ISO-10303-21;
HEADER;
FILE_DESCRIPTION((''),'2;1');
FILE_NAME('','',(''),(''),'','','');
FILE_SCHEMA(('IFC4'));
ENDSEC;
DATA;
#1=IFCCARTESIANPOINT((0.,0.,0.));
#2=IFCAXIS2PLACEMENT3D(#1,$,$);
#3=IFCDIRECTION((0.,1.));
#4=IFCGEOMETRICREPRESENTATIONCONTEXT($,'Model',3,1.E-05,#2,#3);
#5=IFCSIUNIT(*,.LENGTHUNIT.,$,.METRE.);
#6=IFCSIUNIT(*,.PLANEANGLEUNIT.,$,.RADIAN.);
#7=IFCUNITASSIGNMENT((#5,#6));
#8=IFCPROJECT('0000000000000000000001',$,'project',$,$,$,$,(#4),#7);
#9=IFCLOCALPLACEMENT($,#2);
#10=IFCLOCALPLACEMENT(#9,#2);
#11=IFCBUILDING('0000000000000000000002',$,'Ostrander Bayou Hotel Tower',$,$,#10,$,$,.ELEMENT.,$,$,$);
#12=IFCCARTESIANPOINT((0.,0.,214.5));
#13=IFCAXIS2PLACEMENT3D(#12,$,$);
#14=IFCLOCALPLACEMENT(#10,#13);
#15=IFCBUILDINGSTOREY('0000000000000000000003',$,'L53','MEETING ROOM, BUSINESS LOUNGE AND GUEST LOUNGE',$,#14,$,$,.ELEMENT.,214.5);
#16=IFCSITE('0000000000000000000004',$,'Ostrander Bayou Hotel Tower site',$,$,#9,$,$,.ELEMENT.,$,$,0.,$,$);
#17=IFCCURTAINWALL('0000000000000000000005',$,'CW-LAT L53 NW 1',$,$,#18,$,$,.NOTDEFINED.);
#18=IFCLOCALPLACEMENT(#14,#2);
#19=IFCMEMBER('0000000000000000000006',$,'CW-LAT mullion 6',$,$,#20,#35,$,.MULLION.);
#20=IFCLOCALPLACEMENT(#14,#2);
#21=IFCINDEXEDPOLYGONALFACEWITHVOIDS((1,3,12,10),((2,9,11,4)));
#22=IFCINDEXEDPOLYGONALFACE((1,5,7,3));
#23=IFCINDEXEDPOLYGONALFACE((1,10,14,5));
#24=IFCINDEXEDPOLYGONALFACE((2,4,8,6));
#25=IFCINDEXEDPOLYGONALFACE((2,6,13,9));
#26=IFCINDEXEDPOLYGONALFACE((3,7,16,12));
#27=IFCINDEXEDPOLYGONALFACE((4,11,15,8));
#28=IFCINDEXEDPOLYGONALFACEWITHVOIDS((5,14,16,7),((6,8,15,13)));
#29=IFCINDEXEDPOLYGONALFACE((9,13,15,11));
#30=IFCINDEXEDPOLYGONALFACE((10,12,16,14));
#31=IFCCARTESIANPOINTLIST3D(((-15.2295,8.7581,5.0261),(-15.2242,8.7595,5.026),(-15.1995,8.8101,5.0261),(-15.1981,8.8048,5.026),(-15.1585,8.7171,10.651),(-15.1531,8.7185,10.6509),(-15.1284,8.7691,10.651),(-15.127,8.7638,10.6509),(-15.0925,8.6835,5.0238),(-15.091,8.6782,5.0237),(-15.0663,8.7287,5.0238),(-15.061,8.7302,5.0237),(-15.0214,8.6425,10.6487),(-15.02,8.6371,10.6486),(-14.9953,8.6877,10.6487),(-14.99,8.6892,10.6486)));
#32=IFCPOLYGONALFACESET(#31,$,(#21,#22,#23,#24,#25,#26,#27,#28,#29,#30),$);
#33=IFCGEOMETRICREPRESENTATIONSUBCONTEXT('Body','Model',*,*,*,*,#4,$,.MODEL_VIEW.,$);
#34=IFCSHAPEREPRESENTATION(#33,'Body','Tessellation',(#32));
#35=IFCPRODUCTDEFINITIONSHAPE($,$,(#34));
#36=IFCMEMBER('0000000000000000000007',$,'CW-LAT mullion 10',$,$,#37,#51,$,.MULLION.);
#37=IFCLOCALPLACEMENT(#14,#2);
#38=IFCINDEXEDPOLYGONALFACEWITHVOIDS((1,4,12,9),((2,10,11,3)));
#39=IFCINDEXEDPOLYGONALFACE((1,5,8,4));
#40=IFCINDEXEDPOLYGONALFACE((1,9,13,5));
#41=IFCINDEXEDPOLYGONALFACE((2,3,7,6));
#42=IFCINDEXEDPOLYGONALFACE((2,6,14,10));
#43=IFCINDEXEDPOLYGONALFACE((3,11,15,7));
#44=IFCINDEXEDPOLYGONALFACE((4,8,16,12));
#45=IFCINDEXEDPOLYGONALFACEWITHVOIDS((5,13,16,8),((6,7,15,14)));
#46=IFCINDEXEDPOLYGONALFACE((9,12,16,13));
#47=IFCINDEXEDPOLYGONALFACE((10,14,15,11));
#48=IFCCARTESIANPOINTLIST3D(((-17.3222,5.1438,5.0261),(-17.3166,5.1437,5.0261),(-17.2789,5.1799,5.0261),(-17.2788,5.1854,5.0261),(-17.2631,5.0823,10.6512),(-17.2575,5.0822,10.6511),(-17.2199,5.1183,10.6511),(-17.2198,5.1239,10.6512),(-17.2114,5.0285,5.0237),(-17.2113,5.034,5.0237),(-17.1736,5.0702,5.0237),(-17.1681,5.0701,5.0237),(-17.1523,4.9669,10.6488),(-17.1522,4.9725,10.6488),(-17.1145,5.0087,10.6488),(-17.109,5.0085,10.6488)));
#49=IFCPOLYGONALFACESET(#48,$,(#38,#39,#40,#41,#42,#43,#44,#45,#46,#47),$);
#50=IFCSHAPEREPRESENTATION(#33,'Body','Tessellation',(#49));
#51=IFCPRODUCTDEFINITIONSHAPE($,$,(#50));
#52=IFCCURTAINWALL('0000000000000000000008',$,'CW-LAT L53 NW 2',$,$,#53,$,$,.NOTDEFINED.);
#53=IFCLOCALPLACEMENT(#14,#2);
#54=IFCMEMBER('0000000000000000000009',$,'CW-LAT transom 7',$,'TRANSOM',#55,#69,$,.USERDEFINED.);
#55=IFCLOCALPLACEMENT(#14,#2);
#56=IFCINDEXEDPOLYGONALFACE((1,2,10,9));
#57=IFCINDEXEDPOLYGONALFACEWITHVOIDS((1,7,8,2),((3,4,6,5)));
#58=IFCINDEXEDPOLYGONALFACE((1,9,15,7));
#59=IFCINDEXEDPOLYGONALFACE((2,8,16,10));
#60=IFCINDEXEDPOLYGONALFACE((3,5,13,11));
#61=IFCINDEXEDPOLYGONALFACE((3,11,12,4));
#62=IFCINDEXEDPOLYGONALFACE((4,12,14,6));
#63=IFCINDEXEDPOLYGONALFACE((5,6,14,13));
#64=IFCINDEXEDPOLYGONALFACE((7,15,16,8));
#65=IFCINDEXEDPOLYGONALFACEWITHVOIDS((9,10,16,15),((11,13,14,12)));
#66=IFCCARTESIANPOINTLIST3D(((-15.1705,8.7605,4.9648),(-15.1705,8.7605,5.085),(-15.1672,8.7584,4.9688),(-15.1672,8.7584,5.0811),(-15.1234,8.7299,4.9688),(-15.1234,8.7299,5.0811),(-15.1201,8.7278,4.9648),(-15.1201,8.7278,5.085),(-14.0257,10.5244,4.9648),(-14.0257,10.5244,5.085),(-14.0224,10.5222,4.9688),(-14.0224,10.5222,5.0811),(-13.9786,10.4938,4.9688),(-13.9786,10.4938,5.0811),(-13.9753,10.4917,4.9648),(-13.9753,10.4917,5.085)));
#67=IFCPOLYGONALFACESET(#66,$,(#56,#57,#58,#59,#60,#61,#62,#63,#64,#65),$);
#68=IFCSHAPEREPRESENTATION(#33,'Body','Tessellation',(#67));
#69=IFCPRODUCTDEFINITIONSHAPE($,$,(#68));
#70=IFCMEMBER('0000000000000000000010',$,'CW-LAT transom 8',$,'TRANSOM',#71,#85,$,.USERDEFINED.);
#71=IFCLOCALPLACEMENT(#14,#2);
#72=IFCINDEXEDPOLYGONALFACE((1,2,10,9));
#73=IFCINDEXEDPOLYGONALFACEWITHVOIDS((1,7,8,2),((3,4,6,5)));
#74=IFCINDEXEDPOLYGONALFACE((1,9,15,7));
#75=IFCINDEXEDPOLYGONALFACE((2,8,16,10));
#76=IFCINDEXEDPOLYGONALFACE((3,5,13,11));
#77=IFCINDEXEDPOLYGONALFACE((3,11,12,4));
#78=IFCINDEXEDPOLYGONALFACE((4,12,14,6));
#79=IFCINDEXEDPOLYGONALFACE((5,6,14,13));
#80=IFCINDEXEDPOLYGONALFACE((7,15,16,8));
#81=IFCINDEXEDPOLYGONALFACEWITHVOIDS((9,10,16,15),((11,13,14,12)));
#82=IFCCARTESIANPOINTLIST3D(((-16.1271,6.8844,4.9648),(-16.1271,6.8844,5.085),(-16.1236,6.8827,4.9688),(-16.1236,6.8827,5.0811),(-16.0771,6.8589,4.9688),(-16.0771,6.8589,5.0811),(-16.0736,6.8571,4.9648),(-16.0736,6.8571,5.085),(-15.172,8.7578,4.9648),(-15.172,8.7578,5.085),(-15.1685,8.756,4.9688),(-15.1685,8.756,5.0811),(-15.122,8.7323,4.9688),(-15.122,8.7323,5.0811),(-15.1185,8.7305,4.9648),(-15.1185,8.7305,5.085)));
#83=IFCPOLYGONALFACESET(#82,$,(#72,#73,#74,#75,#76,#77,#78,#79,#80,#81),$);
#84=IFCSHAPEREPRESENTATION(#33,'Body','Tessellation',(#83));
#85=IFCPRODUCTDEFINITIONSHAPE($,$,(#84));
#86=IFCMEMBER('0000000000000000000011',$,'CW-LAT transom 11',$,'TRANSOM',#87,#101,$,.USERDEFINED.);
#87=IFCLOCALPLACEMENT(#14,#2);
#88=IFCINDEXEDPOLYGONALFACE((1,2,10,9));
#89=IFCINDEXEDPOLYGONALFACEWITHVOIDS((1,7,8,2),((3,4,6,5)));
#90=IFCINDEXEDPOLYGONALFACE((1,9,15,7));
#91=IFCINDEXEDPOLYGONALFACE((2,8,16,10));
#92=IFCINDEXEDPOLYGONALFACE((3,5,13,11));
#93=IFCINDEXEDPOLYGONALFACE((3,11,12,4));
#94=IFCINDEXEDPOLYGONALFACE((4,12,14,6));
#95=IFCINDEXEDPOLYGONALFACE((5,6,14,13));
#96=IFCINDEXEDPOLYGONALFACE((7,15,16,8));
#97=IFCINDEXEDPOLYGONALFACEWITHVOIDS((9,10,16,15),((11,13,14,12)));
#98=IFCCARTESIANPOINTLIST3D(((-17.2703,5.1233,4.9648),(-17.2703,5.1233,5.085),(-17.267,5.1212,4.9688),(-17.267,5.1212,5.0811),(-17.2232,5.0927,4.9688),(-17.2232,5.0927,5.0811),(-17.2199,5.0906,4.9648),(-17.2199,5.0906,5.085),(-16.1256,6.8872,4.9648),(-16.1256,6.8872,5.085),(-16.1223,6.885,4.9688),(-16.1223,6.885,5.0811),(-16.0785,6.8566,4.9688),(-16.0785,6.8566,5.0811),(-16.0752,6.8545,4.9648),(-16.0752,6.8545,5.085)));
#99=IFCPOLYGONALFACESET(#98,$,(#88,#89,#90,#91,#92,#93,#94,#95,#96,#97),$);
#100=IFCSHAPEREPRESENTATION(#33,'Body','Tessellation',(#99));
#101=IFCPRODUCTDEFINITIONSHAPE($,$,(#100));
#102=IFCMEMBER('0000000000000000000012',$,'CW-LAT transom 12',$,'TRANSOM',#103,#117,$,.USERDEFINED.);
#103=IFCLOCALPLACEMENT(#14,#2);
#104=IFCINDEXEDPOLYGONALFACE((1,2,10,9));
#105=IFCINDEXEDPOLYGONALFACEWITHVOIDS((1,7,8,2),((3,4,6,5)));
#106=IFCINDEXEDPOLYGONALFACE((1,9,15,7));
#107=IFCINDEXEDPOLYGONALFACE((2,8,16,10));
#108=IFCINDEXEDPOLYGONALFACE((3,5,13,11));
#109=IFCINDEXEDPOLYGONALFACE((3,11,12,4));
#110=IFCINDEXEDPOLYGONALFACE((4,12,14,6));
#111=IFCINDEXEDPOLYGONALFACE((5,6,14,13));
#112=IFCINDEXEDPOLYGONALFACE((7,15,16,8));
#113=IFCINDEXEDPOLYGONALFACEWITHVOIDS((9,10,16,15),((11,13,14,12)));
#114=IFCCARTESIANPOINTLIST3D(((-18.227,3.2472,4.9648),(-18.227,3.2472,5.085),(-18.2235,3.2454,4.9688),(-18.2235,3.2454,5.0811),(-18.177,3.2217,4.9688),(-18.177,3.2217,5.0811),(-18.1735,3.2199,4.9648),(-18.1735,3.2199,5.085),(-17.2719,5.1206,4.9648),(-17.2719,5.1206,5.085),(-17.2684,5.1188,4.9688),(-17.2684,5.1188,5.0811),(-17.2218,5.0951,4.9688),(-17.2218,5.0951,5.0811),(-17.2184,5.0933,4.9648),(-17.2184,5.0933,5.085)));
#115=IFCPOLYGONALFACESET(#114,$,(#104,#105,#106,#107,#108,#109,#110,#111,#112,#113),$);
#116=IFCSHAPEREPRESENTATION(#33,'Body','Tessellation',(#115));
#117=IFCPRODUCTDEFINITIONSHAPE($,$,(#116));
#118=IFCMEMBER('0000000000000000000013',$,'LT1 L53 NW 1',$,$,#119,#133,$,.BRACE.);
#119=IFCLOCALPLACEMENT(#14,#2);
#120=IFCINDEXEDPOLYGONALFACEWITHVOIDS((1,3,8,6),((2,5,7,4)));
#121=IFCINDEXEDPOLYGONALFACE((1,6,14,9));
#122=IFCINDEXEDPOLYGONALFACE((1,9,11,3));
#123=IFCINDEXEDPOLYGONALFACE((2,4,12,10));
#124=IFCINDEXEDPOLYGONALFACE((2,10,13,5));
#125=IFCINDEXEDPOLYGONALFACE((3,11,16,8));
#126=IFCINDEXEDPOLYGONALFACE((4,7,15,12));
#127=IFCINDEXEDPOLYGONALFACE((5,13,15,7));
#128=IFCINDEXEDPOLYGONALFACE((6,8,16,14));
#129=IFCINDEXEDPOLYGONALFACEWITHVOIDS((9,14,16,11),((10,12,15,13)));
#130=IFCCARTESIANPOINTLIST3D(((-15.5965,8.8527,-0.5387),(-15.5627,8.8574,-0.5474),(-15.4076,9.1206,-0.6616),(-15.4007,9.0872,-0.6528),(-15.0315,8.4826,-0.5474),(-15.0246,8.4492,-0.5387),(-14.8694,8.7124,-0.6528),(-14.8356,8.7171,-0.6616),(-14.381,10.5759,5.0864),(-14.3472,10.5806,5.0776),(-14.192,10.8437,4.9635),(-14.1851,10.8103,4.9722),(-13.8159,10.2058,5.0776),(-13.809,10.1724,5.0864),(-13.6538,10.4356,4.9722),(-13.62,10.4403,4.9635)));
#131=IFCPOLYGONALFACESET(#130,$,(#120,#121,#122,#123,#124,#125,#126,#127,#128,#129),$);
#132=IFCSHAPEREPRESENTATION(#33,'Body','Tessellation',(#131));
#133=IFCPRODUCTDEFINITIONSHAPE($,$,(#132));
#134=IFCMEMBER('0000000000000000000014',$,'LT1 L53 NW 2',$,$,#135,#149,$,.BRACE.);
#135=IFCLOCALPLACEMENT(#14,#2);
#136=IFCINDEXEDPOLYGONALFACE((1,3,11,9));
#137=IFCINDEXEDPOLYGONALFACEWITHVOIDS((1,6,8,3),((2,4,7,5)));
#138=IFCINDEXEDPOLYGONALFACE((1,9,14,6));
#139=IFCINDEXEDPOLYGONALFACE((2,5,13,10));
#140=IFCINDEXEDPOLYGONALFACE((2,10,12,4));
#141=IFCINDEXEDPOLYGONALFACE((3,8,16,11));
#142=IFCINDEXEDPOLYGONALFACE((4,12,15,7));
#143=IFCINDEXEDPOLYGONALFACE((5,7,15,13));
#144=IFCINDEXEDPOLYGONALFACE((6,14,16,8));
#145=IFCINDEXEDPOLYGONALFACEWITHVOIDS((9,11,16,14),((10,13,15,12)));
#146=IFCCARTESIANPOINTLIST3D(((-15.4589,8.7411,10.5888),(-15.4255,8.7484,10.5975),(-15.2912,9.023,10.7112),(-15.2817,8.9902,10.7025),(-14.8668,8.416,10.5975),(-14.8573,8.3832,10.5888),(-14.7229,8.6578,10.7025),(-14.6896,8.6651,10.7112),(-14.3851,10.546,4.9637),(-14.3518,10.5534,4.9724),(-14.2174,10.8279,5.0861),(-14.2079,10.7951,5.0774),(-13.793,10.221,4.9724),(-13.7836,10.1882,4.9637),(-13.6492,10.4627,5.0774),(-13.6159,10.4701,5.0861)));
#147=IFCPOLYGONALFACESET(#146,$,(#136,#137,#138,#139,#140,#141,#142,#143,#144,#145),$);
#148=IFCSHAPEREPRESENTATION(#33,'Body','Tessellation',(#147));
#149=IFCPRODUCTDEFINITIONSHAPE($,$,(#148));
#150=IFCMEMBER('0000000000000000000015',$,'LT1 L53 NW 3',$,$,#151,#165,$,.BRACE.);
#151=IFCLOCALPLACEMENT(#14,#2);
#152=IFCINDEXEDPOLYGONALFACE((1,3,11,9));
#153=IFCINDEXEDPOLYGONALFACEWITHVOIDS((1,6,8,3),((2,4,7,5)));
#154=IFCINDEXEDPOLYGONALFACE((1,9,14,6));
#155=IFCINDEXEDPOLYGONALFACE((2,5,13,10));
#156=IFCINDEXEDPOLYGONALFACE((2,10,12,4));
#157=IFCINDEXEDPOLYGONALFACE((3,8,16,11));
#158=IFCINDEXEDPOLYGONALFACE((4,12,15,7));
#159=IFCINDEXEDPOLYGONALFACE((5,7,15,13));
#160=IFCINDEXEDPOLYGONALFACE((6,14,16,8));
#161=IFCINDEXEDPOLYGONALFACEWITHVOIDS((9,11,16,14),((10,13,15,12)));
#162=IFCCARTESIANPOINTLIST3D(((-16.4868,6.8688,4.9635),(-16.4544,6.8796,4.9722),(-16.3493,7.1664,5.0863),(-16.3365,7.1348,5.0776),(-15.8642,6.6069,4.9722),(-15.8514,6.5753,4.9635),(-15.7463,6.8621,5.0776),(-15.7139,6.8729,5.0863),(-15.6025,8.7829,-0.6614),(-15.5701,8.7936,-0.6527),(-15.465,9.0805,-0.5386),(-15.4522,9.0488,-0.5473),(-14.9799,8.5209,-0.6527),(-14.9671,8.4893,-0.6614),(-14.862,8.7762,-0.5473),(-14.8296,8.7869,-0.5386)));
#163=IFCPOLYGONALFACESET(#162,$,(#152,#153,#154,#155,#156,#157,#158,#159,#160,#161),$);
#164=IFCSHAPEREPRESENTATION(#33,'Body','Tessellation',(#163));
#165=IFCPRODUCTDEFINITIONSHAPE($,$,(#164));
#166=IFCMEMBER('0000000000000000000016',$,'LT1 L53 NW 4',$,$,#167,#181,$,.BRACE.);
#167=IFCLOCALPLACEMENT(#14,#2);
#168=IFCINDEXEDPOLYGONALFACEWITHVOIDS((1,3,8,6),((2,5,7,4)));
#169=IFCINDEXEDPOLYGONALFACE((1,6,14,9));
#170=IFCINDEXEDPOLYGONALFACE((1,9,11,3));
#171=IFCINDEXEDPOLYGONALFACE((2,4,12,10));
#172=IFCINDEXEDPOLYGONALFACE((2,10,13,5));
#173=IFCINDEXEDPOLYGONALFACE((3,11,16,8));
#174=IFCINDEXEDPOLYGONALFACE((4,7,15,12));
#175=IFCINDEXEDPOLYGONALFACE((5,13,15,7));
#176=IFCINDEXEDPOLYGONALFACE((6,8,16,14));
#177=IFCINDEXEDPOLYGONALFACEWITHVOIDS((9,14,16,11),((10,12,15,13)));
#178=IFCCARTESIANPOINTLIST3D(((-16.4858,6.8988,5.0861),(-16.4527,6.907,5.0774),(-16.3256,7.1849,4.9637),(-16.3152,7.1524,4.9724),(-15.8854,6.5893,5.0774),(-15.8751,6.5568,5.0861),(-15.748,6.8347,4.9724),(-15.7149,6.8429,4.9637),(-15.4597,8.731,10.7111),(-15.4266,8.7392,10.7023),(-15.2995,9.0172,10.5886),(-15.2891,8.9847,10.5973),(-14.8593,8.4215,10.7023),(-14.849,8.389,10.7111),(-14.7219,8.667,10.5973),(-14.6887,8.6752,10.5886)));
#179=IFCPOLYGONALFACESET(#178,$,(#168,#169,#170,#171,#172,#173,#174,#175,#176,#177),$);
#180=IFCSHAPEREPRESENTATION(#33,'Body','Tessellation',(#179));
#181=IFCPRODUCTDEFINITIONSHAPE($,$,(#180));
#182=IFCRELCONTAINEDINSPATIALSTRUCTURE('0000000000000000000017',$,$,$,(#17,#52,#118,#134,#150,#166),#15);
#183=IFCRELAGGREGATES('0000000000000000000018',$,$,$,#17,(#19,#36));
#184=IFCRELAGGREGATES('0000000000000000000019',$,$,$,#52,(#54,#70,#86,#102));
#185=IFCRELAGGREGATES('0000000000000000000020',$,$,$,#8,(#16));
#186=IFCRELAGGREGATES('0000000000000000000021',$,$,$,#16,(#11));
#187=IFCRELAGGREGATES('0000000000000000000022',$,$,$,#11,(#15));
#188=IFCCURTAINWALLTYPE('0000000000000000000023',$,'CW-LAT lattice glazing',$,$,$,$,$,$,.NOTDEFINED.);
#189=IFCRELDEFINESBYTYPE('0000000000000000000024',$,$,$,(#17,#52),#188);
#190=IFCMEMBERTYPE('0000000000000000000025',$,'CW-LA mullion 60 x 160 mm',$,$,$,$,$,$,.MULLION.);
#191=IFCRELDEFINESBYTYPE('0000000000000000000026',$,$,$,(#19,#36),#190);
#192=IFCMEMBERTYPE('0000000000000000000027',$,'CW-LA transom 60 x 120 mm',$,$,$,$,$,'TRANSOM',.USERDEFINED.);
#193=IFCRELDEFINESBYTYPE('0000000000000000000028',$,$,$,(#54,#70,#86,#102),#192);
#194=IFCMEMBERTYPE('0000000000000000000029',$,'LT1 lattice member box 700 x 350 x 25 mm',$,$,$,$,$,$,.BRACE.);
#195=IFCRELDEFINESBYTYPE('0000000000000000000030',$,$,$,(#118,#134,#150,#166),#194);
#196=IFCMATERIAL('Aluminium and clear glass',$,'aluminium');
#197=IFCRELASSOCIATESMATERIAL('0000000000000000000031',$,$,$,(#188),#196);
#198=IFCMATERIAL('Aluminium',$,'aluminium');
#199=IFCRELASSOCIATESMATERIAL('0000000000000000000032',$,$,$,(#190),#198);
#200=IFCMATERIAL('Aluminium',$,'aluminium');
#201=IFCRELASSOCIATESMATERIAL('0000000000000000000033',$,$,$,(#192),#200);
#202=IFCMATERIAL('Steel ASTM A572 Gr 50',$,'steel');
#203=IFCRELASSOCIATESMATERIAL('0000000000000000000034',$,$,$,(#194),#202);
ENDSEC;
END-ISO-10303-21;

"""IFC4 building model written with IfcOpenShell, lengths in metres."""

from ifc_helpers import new_model, si_unit, direction, frame, origin, origin_2d, place, context, subcontext, project, spatial, hollow_rectangle, extrude, material, material_profile, profile_set, type_object, element, aggregate, save


model = new_model("IFC4")

# Units and contexts
model_context = context("Model", 3, precision=1e-05, world=origin(), true_north=direction((0.0, 1.0)))
body_context = subcontext(model_context, "Body", "Model", "MODEL_VIEW")
ifc_project = project(units=[si_unit("LENGTHUNIT", "METRE"), si_unit("PLANEANGLEUNIT", "RADIAN")], contexts=[model_context])

# Site, building, storey
site_placement = place(None, origin())
site = spatial("IfcSite", under=ifc_project, at=site_placement, Name="Ostrander Bayou Hotel Tower site", CompositionType="ELEMENT", RefElevation=0.0)
building_placement = place(site_placement, origin())
building = spatial("IfcBuilding", under=site, at=building_placement, Name="Ostrander Bayou Hotel Tower", CompositionType="ELEMENT")
storey_placement = place(building_placement, frame((0.0, 0.0, 214.5)))
storey = spatial("IfcBuildingStorey", under=building, at=storey_placement, Name="L53", Description="MEETING ROOM, BUSINESS LOUNGE AND GUEST LOUNGE", CompositionType="ELEMENT", Elevation=214.5)

# Curtain walls, members
ifc_material_1 = material(Name="Aluminium and clear glass", Category="aluminium")
curtain_wall_type = type_object("IfcCurtainWallType", Name="CW-LAT lattice glazing", PredefinedType="NOTDEFINED", material=ifc_material_1)
curtain_wall_1_placement = place(storey_placement, origin())
curtain_wall_1 = element("IfcCurtainWall", 1, at=curtain_wall_1_placement, inside=storey, type_object=curtain_wall_type, Name="CW-LAT L53 NW 1", PredefinedType="NOTDEFINED")
ifc_material_2 = material(Name="Aluminium", Category="aluminium")
ifc_material_profile_1 = material_profile(ifc_material_2, hollow_rectangle(XDim=0.0601, YDim=0.1599, WallThickness=0.0039, at=origin_2d()))
ifc_profile_set_1 = profile_set([ifc_material_profile_1], Name="Aluminium")
member_type_1 = type_object("IfcMemberType", Name="CW-LA mullion 60 x 160 mm", PredefinedType="MULLION", material=ifc_profile_set_1)
member_1_placement = place(storey_placement, frame((-15.1453, 8.7441, 5.0249), z_axis=(0.012629, -0.007291, 0.999894), x_axis=(0.49998, 0.866037, 0.0)))
member_1 = element("IfcMember", 2, at=member_1_placement, type_object=member_type_1, Name="CW-LAT mullion 6", PredefinedType="MULLION", context=body_context, shape_type="SweptSolid", body=[
    extrude(hollow_rectangle(XDim=0.0601, YDim=0.1599, WallThickness=0.0039, at=origin_2d()), origin(), (0.0, 0.0, 1.0), 5.6255),
])
member_2_placement = place(storey_placement, frame((-17.2451, 5.1069, 5.0249), z_axis=(0.010502, -0.010936, 0.999885), x_axis=(0.721273, 0.692651, 0.0)))
member_2 = element("IfcMember", 3, at=member_2_placement, type_object=member_type_1, Name="CW-LAT mullion 10", PredefinedType="MULLION", context=body_context, shape_type="SweptSolid", body=[
    extrude(hollow_rectangle(XDim=0.0601, YDim=0.1599, WallThickness=0.0039, at=origin_2d()), origin(), (0.0, 0.0, 1.0), 5.6257),
])
curtain_wall_2_placement = place(storey_placement, origin())
curtain_wall_2 = element("IfcCurtainWall", 4, at=curtain_wall_2_placement, inside=storey, type_object=curtain_wall_type, Name="CW-LAT L53 NW 2", PredefinedType="NOTDEFINED")
ifc_material_3 = material(Name="Aluminium", Category="aluminium")
ifc_material_profile_2 = material_profile(ifc_material_3, hollow_rectangle(XDim=0.0601, YDim=0.1201, WallThickness=0.0039, at=origin_2d()))
ifc_profile_set_2 = profile_set([ifc_material_profile_2], Name="Aluminium")
member_type_2 = type_object("IfcMemberType", Name="CW-LA transom 60 x 120 mm", ElementType="TRANSOM", PredefinedType="USERDEFINED", material=ifc_profile_set_2)
member_3_placement = place(storey_placement, frame((-15.1453, 8.7441, 5.0249), z_axis=(0.544396, 0.838828, 0.0), x_axis=(-0.838828, 0.544396, 0.0)))
member_3 = element("IfcMember", 5, at=member_3_placement, type_object=member_type_2, Name="CW-LAT transom 7", ObjectType="TRANSOM", PredefinedType="USERDEFINED", context=body_context, shape_type="SweptSolid", body=[
    extrude(hollow_rectangle(XDim=0.0601, YDim=0.1201, WallThickness=0.0039, at=origin_2d()), origin(), (0.0, 0.0, 1.0), 2.1028),
])
member_4_placement = place(storey_placement, frame((-15.1453, 8.7441, 5.0249), z_axis=(-0.454213, -0.890893, 0.0), x_axis=(0.890893, -0.454213, 0.0)))
member_4 = element("IfcMember", 6, at=member_4_placement, type_object=member_type_2, Name="CW-LAT transom 8", ObjectType="TRANSOM", PredefinedType="USERDEFINED", context=body_context, shape_type="SweptSolid", body=[
    extrude(hollow_rectangle(XDim=0.0601, YDim=0.1201, WallThickness=0.0039, at=origin_2d()), origin(), (0.0, 0.0, 1.0), 2.1028),
])
member_5_placement = place(storey_placement, frame((-17.2451, 5.1069, 5.0249), z_axis=(0.544396, 0.838828, 0.0), x_axis=(-0.838828, 0.544396, 0.0)))
member_5 = element("IfcMember", 7, at=member_5_placement, type_object=member_type_2, Name="CW-LAT transom 11", ObjectType="TRANSOM", PredefinedType="USERDEFINED", context=body_context, shape_type="SweptSolid", body=[
    extrude(hollow_rectangle(XDim=0.0601, YDim=0.1201, WallThickness=0.0039, at=origin_2d()), origin(), (0.0, 0.0, 1.0), 2.1028),
])
member_6_placement = place(storey_placement, frame((-17.2451, 5.1069, 5.0249), z_axis=(-0.454213, -0.890893, 0.0), x_axis=(0.890893, -0.454213, 0.0)))
member_6 = element("IfcMember", 8, at=member_6_placement, type_object=member_type_2, Name="CW-LAT transom 12", ObjectType="TRANSOM", PredefinedType="USERDEFINED", context=body_context, shape_type="SweptSolid", body=[
    extrude(hollow_rectangle(XDim=0.0601, YDim=0.1201, WallThickness=0.0039, at=origin_2d()), origin(), (0.0, 0.0, 1.0), 2.1028),
])

# Members
ifc_material_4 = material(Name="Steel ASTM A572 Gr 50", Category="steel")
ifc_material_profile_3 = material_profile(ifc_material_4, hollow_rectangle(XDim=0.7, YDim=0.3501, WallThickness=0.0249, at=origin_2d()))
ifc_profile_set_3 = profile_set([ifc_material_profile_3], Name="Steel ASTM A572 Gr 50")
member_type_3 = type_object("IfcMemberType", Name="LT1 lattice member box 700 x 350 x 25 mm", PredefinedType="BRACE", material=ifc_profile_set_3)
member_7_placement = place(storey_placement, frame((-14.0005, 10.5081, 5.0249), z_axis=(-0.20235, -0.286842, -0.936363), x_axis=(0.817138, -0.576442, 0.0)))
element("IfcMember", 9, at=member_7_placement, inside=storey, type_object=member_type_3, Name="LT1 L53 NW 1", PredefinedType="BRACE", context=body_context, shape_type="SweptSolid", body=[
    extrude(hollow_rectangle(XDim=0.7, YDim=0.3501, WallThickness=0.0249, at=origin_2d()), origin(), (0.0, 0.0, 1.0), 6.0073),
])
member_8_placement = place(storey_placement, frame((-14.0005, 10.5081, 5.0249), z_axis=(-0.178828, -0.300608, 0.936833), x_axis=(0.859425, -0.511261, 0.0)))
element("IfcMember", 10, at=member_8_placement, inside=storey, type_object=member_type_3, Name="LT1 L53 NW 2", PredefinedType="BRACE", context=body_context, shape_type="SweptSolid", body=[
    extrude(hollow_rectangle(XDim=0.7, YDim=0.3501, WallThickness=0.0249, at=origin_2d()), origin(), (0.0, 0.0, 1.0), 6.0044),
])
member_9_placement = place(storey_placement, frame((-16.1003, 6.8708, 5.0249), z_axis=(0.147203, 0.318629, -0.93638), x_axis=(-0.907803, 0.419396, 0.0)))
element("IfcMember", 11, at=member_9_placement, inside=storey, type_object=member_type_3, Name="LT1 L53 NW 3", PredefinedType="BRACE", context=body_context, shape_type="SweptSolid", body=[
    extrude(hollow_rectangle(XDim=0.7, YDim=0.3501, WallThickness=0.0249, at=origin_2d()), origin(), (0.0, 0.0, 1.0), 6.0071),
])
member_10_placement = place(storey_placement, frame((-16.1003, 6.8708, 5.0249), z_axis=(0.1709, 0.305164, 0.936839), x_axis=(-0.872496, 0.488621, 0.0)))
element("IfcMember", 12, at=member_10_placement, inside=storey, type_object=member_type_3, Name="LT1 L53 NW 4", PredefinedType="BRACE", context=body_context, shape_type="SweptSolid", body=[
    extrude(hollow_rectangle(XDim=0.7, YDim=0.3501, WallThickness=0.0249, at=origin_2d()), origin(), (0.0, 0.0, 1.0), 6.0042),
])

aggregate(curtain_wall_1, [member_1, member_2])
aggregate(curtain_wall_2, [member_3, member_4, member_5, member_6])

save(model, "model.ifc")
